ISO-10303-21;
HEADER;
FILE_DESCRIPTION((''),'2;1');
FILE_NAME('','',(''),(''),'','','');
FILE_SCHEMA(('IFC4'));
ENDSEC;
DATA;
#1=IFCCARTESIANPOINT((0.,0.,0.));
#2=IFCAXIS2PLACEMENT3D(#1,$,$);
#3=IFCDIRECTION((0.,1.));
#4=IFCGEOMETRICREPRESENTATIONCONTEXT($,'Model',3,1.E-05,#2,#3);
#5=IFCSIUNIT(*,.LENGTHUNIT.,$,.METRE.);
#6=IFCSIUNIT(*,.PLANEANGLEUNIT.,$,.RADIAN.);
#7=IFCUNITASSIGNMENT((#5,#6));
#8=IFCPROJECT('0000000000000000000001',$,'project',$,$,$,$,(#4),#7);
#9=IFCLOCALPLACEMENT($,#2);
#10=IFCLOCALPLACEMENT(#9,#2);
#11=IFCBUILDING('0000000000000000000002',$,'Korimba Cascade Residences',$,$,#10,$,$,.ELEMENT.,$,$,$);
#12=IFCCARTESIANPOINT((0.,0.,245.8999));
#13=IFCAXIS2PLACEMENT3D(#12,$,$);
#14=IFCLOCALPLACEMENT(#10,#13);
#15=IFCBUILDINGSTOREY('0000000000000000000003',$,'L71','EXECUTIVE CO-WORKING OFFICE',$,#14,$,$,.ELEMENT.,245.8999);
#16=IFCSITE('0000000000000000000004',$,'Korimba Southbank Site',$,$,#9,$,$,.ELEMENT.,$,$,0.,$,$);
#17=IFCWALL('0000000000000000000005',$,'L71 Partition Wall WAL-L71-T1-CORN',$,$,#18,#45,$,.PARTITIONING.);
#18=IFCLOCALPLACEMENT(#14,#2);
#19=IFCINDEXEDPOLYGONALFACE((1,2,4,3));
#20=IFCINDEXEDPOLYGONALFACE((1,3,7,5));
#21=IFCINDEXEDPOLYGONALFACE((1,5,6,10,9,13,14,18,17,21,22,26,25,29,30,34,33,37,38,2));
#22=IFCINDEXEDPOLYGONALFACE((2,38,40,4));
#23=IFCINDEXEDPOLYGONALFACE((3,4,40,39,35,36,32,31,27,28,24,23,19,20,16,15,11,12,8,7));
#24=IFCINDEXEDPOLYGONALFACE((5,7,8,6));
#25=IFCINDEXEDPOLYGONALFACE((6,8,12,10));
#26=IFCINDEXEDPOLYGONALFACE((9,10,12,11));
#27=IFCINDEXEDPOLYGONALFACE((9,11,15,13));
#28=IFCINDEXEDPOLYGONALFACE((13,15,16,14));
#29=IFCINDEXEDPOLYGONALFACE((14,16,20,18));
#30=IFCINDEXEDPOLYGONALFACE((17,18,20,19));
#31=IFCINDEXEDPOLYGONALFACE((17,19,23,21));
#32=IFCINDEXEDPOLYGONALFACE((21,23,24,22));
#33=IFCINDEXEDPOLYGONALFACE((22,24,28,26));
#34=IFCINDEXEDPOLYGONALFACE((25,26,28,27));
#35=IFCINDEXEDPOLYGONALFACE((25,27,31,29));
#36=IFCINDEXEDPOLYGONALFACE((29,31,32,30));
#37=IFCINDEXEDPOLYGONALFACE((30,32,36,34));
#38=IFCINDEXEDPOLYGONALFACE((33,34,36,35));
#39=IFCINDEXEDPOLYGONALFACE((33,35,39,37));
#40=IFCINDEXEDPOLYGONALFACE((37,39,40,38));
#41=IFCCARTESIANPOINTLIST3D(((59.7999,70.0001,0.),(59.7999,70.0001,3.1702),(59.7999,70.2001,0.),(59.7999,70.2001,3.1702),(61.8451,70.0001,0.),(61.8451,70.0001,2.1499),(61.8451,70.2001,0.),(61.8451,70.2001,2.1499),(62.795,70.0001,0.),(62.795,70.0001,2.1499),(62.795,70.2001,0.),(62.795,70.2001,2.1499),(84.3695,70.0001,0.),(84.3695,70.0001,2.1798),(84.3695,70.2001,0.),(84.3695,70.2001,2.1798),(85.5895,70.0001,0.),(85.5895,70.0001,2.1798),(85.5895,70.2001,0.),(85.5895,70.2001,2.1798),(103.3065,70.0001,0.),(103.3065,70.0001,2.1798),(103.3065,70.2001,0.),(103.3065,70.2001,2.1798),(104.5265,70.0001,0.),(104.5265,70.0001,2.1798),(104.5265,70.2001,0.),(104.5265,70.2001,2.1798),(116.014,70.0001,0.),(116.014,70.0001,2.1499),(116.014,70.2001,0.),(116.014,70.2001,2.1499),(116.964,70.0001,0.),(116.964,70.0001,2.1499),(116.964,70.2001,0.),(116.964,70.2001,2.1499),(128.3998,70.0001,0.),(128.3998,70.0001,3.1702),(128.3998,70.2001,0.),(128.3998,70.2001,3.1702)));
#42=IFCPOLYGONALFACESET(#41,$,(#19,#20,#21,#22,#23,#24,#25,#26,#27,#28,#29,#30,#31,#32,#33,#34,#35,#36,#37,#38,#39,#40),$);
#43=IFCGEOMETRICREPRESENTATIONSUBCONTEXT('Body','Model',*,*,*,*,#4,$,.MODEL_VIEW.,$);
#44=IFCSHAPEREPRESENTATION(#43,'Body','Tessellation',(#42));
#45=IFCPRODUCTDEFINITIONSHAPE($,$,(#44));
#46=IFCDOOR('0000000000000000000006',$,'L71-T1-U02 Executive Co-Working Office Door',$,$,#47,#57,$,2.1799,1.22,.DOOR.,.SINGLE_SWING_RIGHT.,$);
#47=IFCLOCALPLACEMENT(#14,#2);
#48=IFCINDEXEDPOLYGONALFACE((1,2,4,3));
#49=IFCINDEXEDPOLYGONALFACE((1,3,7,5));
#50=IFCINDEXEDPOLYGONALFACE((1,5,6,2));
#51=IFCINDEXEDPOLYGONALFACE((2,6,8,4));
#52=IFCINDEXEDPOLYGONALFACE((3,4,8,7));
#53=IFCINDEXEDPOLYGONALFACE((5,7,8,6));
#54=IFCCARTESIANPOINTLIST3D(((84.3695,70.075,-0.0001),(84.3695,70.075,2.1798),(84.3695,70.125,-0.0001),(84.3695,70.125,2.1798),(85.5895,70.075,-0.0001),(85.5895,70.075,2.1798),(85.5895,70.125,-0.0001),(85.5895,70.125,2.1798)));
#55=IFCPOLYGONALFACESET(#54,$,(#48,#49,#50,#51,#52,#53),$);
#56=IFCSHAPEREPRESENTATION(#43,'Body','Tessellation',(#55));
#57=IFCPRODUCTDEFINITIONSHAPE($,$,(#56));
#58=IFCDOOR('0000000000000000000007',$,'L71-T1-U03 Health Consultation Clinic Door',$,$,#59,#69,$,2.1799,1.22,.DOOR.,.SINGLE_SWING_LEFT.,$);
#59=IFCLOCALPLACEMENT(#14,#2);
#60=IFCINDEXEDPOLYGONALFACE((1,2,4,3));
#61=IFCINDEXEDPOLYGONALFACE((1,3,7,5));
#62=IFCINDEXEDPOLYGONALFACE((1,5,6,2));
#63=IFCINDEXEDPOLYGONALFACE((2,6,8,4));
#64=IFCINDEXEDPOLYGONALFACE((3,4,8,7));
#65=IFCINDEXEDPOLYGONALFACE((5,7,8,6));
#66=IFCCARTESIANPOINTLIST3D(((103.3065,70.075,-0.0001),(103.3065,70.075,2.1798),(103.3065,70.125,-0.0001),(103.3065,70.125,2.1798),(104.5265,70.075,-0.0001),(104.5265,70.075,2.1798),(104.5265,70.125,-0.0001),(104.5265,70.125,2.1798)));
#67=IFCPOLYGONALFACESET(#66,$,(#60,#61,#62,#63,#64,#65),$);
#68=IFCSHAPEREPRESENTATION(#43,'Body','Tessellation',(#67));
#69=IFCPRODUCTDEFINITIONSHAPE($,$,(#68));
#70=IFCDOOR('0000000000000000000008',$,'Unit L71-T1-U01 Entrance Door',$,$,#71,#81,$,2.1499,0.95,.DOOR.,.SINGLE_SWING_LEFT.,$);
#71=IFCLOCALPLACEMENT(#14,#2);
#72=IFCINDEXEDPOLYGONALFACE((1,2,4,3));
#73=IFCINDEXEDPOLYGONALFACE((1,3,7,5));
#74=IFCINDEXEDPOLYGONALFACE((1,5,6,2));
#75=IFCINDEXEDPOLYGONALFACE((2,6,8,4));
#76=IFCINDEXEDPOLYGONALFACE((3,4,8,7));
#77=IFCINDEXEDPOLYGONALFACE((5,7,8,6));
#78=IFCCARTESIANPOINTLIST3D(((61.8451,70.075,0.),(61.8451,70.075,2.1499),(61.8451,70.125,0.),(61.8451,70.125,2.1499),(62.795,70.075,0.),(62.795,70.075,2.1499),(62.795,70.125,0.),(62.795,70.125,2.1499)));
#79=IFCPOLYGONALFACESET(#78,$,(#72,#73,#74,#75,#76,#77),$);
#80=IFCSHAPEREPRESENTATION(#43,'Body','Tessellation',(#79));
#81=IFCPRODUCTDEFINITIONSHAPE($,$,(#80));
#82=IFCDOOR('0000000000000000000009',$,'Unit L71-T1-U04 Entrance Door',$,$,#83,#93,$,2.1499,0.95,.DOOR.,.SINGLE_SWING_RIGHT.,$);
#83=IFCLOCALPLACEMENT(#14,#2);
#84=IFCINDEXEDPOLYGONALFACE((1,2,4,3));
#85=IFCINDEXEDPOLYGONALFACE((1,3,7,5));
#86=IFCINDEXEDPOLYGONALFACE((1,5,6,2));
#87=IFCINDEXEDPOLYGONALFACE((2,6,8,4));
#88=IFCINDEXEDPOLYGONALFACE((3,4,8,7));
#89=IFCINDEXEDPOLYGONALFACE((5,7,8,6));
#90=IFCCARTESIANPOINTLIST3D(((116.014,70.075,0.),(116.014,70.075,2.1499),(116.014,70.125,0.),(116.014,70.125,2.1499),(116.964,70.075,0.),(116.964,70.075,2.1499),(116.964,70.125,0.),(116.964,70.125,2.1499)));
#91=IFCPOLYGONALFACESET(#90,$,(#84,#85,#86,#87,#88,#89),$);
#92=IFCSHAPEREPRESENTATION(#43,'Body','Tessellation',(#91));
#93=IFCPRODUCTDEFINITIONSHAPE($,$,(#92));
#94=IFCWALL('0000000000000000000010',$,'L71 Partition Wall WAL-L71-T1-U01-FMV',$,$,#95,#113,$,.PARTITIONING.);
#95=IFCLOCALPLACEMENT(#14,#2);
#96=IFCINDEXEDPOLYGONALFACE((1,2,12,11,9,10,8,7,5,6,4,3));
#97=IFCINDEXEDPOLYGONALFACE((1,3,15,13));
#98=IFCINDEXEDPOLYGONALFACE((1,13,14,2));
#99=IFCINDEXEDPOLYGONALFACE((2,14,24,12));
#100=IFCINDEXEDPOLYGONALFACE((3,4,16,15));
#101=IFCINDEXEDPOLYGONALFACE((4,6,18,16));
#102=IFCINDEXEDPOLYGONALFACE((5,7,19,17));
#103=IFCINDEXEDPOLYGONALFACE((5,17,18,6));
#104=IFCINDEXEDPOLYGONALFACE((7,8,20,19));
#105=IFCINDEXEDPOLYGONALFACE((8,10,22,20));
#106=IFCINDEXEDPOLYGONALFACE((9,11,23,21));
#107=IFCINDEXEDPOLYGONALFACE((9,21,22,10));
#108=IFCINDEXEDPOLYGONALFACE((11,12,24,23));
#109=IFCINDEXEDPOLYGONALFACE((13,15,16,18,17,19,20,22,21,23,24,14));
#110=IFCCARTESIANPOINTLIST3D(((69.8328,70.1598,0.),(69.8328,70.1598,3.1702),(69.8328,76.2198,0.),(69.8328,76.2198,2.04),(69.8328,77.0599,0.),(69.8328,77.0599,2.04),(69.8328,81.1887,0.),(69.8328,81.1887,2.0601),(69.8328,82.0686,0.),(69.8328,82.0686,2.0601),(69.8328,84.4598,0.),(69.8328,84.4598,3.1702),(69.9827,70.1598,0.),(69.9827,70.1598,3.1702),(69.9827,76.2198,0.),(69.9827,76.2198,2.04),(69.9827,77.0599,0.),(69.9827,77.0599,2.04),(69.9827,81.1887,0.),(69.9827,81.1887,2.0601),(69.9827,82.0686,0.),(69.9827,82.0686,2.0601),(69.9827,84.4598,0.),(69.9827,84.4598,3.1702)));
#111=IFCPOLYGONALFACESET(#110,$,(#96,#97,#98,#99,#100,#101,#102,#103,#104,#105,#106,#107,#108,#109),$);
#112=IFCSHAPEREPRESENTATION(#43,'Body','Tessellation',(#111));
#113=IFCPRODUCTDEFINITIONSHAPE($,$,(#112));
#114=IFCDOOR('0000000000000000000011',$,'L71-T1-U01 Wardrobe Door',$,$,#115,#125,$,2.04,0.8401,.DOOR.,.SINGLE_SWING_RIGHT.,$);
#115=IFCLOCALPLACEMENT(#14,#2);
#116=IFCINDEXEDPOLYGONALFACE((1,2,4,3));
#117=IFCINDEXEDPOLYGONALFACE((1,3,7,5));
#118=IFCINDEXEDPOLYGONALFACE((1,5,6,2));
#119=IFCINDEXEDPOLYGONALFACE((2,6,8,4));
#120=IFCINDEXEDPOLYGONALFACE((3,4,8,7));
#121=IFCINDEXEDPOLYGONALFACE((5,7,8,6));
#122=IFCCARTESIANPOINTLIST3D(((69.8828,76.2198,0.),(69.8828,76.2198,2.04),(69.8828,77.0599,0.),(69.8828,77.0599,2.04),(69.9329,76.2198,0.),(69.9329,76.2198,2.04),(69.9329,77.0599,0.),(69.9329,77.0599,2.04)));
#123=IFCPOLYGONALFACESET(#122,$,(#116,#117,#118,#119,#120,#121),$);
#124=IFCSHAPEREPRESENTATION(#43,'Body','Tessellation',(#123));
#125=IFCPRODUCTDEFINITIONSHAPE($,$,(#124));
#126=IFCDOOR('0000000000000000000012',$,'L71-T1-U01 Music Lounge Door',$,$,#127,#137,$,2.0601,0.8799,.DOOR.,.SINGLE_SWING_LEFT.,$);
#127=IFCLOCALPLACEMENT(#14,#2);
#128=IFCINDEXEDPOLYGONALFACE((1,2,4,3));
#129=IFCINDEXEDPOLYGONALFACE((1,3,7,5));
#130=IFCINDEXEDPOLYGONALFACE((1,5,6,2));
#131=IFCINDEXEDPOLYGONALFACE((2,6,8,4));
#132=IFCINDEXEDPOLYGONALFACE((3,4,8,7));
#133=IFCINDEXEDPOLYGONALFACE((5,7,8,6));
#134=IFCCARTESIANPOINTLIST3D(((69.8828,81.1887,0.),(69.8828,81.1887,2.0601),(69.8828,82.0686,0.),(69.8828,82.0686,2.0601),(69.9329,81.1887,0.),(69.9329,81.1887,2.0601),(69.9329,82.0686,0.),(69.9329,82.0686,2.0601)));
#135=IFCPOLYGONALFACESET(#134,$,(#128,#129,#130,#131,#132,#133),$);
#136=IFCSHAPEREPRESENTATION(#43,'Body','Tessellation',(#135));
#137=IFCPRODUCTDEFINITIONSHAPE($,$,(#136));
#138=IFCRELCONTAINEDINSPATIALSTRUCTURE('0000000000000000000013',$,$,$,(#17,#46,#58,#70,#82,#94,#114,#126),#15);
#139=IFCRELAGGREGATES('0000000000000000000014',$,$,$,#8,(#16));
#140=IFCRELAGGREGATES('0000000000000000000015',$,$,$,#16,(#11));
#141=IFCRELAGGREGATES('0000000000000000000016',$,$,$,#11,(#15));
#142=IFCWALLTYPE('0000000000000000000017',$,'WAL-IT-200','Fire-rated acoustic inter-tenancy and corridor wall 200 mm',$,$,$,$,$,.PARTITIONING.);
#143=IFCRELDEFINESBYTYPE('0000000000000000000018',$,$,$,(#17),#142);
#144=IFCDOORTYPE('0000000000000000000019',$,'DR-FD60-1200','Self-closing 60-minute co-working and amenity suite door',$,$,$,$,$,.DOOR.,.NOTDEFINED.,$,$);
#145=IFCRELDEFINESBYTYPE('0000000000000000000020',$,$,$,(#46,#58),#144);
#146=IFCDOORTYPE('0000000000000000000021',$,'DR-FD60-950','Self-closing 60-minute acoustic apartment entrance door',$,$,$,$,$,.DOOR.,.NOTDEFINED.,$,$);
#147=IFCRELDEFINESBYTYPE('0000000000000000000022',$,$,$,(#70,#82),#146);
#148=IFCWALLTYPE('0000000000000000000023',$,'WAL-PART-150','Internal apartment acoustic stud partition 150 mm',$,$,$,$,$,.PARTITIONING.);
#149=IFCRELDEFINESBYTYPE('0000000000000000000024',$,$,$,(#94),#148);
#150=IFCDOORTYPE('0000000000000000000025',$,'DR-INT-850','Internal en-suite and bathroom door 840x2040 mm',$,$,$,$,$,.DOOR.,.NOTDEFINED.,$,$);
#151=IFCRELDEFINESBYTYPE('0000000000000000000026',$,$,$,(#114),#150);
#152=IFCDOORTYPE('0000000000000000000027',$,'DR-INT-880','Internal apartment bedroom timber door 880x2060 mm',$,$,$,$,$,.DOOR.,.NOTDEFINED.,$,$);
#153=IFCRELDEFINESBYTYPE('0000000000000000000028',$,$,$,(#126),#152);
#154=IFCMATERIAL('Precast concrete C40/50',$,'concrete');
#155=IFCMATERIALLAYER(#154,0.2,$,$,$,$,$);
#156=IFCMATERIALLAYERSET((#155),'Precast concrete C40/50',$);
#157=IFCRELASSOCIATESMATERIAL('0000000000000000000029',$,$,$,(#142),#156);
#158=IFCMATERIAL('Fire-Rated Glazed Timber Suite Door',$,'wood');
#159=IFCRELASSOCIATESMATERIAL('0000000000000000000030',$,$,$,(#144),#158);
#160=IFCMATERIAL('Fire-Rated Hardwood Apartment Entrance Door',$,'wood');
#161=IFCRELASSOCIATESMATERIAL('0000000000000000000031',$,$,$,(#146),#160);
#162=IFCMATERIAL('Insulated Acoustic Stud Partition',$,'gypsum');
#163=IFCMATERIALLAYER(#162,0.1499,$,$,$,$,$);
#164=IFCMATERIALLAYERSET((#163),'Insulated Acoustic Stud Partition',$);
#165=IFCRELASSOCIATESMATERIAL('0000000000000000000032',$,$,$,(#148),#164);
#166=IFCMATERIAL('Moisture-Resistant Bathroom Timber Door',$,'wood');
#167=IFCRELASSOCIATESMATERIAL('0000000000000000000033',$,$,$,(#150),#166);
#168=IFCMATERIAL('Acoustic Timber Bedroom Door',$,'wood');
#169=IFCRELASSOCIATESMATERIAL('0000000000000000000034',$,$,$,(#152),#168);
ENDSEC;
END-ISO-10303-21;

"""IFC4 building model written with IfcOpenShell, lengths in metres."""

from ifc_helpers import new_model, si_unit, direction, frame, frame_2d, origin, place, context, subcontext, project, spatial, rectangle, extrude, material, layer, layer_set, type_object, element, fill, save


model = new_model("IFC4")

# Units and contexts
model_context = context("Model", 3, precision=1e-05, world=origin(), true_north=direction((0.0, 1.0)))
body_context = subcontext(model_context, "Body", "Model", "MODEL_VIEW")
ifc_project = project(units=[si_unit("LENGTHUNIT", "METRE"), si_unit("PLANEANGLEUNIT", "RADIAN")], contexts=[model_context])

# Site, building, storey
site_placement = place(None, origin())
site = spatial("IfcSite", under=ifc_project, at=site_placement, Name="Korimba Southbank Site", CompositionType="ELEMENT", RefElevation=0.0)
building_placement = place(site_placement, origin())
building = spatial("IfcBuilding", under=site, at=building_placement, Name="Korimba Cascade Residences", CompositionType="ELEMENT")
storey_placement = place(building_placement, frame((0.0, 0.0, 245.8999)))
storey = spatial("IfcBuildingStorey", under=building, at=storey_placement, Name="L71", Description="EXECUTIVE CO-WORKING OFFICE", CompositionType="ELEMENT", Elevation=245.8999)

# Shared definitions
ifc_material_1 = material(Name="Precast concrete C40/50", Category="concrete")
ifc_layer_1 = layer(ifc_material_1, 0.2)
ifc_layer_set_1 = layer_set([ifc_layer_1], Name="Precast concrete C40/50")
wall_type_1 = type_object("IfcWallType", Name="WAL-IT-200", Description="Fire-rated acoustic inter-tenancy and corridor wall 200 mm", PredefinedType="PARTITIONING", material=ifc_layer_set_1)

# Walls, openings, doors
wall_1_placement = place(storey_placement, frame((59.8, 70.1001, 0.0), z_axis=(0.0, 0.0, 1.0), x_axis=(1.0, 0.0, 0.0)))
wall_1 = element("IfcWall", 1, at=wall_1_placement, inside=storey, type_object=wall_type_1, Name="L71 Partition Wall WAL-L71-T1-CORN", PredefinedType="PARTITIONING", context=body_context, shape_type="SweptSolid", body=[
    extrude(rectangle(XDim=68.5999, YDim=0.2, at=frame_2d((34.2998, 0.0))), origin(), (0.0, 0.0, 1.0), 3.1702),
])
opening_1_placement = place(wall_1_placement, frame((2.0449, 0.0, 0.0)))
opening_1 = element("IfcOpeningElement", 2, at=opening_1_placement, cuts=wall_1, PredefinedType="OPENING", context=body_context, shape_type="SweptSolid", body=[
    extrude(rectangle(XDim=0.95, YDim=2.1499, at=frame_2d((0.4751, 1.075))), frame((0.0, 0.1099, 0.0), z_axis=(0.0, -1.0, 0.0), x_axis=(1.0, 0.0, 0.0)), (0.0, 0.0, 1.0), 0.22),
])
opening_2_placement = place(wall_1_placement, frame((24.5696, 0.0, 0.0)))
opening_2 = element("IfcOpeningElement", 3, at=opening_2_placement, cuts=wall_1, PredefinedType="OPENING", context=body_context, shape_type="SweptSolid", body=[
    extrude(rectangle(XDim=1.22, YDim=2.1799, at=frame_2d((0.6099, 1.0898))), frame((0.0, 0.1099, 0.0), z_axis=(0.0, -1.0, 0.0), x_axis=(1.0, 0.0, 0.0)), (0.0, 0.0, 1.0), 0.22),
])
opening_3_placement = place(wall_1_placement, frame((43.5066, 0.0, 0.0)))
opening_3 = element("IfcOpeningElement", 4, at=opening_3_placement, cuts=wall_1, PredefinedType="OPENING", context=body_context, shape_type="SweptSolid", body=[
    extrude(rectangle(XDim=1.22, YDim=2.1799, at=frame_2d((0.6099, 1.0898))), frame((0.0, 0.1099, 0.0), z_axis=(0.0, -1.0, 0.0), x_axis=(1.0, 0.0, 0.0)), (0.0, 0.0, 1.0), 0.22),
])
opening_4_placement = place(wall_1_placement, frame((56.2139, 0.0, 0.0)))
opening_4 = element("IfcOpeningElement", 5, at=opening_4_placement, cuts=wall_1, PredefinedType="OPENING", context=body_context, shape_type="SweptSolid", body=[
    extrude(rectangle(XDim=0.95, YDim=2.1499, at=frame_2d((0.4751, 1.075))), frame((0.0, 0.1099, 0.0), z_axis=(0.0, -1.0, 0.0), x_axis=(1.0, 0.0, 0.0)), (0.0, 0.0, 1.0), 0.22),
])
ifc_material_2 = material(Name="Fire-Rated Glazed Timber Suite Door", Category="wood")
door_type_1 = type_object("IfcDoorType", Name="DR-FD60-1200", Description="Self-closing 60-minute co-working and amenity suite door", OperationType="NOTDEFINED", PredefinedType="DOOR", material=ifc_material_2)
door_1_placement = place(opening_2_placement, origin())
door_1 = element("IfcDoor", 6, at=door_1_placement, inside=storey, type_object=door_type_1, Name="L71-T1-U02 Executive Co-Working Office Door", OperationType="SINGLE_SWING_RIGHT", OverallHeight=2.1799, OverallWidth=1.22, PredefinedType="DOOR", context=body_context, shape_type="SweptSolid", body=[
    extrude(rectangle(XDim=1.22, YDim=2.1799, at=frame_2d((0.6099, 1.0898))), frame((0.0, 0.0249, 0.0), z_axis=(0.0, -1.0, 0.0), x_axis=(1.0, 0.0, 0.0)), (0.0, 0.0, 1.0), 0.05),
])
fill(opening_2, door_1)
door_2_placement = place(opening_3_placement, origin())
door_2 = element("IfcDoor", 7, at=door_2_placement, inside=storey, type_object=door_type_1, Name="L71-T1-U03 Health Consultation Clinic Door", OperationType="SINGLE_SWING_LEFT", OverallHeight=2.1799, OverallWidth=1.22, PredefinedType="DOOR", context=body_context, shape_type="SweptSolid", body=[
    extrude(rectangle(XDim=1.22, YDim=2.1799, at=frame_2d((0.6099, 1.0898))), frame((0.0, 0.0249, 0.0), z_axis=(0.0, -1.0, 0.0), x_axis=(1.0, 0.0, 0.0)), (0.0, 0.0, 1.0), 0.05),
])
fill(opening_3, door_2)
ifc_material_3 = material(Name="Fire-Rated Hardwood Apartment Entrance Door", Category="wood")
door_type_2 = type_object("IfcDoorType", Name="DR-FD60-950", Description="Self-closing 60-minute acoustic apartment entrance door", OperationType="NOTDEFINED", PredefinedType="DOOR", material=ifc_material_3)
door_3_placement = place(opening_1_placement, origin())
door_3 = element("IfcDoor", 8, at=door_3_placement, inside=storey, type_object=door_type_2, Name="Unit L71-T1-U01 Entrance Door", OperationType="SINGLE_SWING_LEFT", OverallHeight=2.1499, OverallWidth=0.95, PredefinedType="DOOR", context=body_context, shape_type="SweptSolid", body=[
    extrude(rectangle(XDim=0.95, YDim=2.1499, at=frame_2d((0.4751, 1.075))), frame((0.0, 0.0249, 0.0), z_axis=(0.0, -1.0, 0.0), x_axis=(1.0, 0.0, 0.0)), (0.0, 0.0, 1.0), 0.05),
])
fill(opening_1, door_3)
door_4_placement = place(opening_4_placement, origin())
door_4 = element("IfcDoor", 9, at=door_4_placement, inside=storey, type_object=door_type_2, Name="Unit L71-T1-U04 Entrance Door", OperationType="SINGLE_SWING_RIGHT", OverallHeight=2.1499, OverallWidth=0.95, PredefinedType="DOOR", context=body_context, shape_type="SweptSolid", body=[
    extrude(rectangle(XDim=0.95, YDim=2.1499, at=frame_2d((0.4751, 1.075))), frame((0.0, 0.0249, 0.0), z_axis=(0.0, -1.0, 0.0), x_axis=(1.0, 0.0, 0.0)), (0.0, 0.0, 1.0), 0.05),
])
fill(opening_4, door_4)
ifc_material_4 = material(Name="Insulated Acoustic Stud Partition", Category="gypsum")
ifc_layer_2 = layer(ifc_material_4, 0.1499)
ifc_layer_set_2 = layer_set([ifc_layer_2], Name="Insulated Acoustic Stud Partition")
wall_type_2 = type_object("IfcWallType", Name="WAL-PART-150", Description="Internal apartment acoustic stud partition 150 mm", PredefinedType="PARTITIONING", material=ifc_layer_set_2)
wall_2_placement = place(storey_placement, frame((69.9077, 70.1599, 0.0), z_axis=(0.0, 0.0, 1.0), x_axis=(0.0, 1.0, 0.0)))
wall_2 = element("IfcWall", 10, at=wall_2_placement, inside=storey, type_object=wall_type_2, Name="L71 Partition Wall WAL-L71-T1-U01-FMV", PredefinedType="PARTITIONING", context=body_context, shape_type="SweptSolid", body=[
    extrude(rectangle(XDim=14.3, YDim=0.1499, at=frame_2d((7.1499, 0.0))), origin(), (0.0, 0.0, 1.0), 3.1702),
])
opening_5_placement = place(wall_2_placement, frame((6.0601, 0.0, 0.0)))
opening_5 = element("IfcOpeningElement", 11, at=opening_5_placement, cuts=wall_2, PredefinedType="OPENING", context=body_context, shape_type="SweptSolid", body=[
    extrude(rectangle(XDim=0.8401, YDim=2.04, at=frame_2d((0.4199, 1.02))), frame((0.0, 0.085, 0.0), z_axis=(0.0, -1.0, 0.0), x_axis=(1.0, 0.0, 0.0)), (0.0, 0.0, 1.0), 0.1699),
])
opening_6_placement = place(wall_2_placement, frame((11.0288, 0.0, 0.0)))
opening_6 = element("IfcOpeningElement", 12, at=opening_6_placement, cuts=wall_2, PredefinedType="OPENING", context=body_context, shape_type="SweptSolid", body=[
    extrude(rectangle(XDim=0.8799, YDim=2.0601, at=frame_2d((0.4399, 1.03))), frame((0.0, 0.085, 0.0), z_axis=(0.0, -1.0, 0.0), x_axis=(1.0, 0.0, 0.0)), (0.0, 0.0, 1.0), 0.1699),
])
ifc_material_5 = material(Name="Moisture-Resistant Bathroom Timber Door", Category="wood")
door_type_3 = type_object("IfcDoorType", Name="DR-INT-850", Description="Internal en-suite and bathroom door 840x2040 mm", OperationType="NOTDEFINED", PredefinedType="DOOR", material=ifc_material_5)
door_5_placement = place(opening_5_placement, origin())
door_5 = element("IfcDoor", 13, at=door_5_placement, inside=storey, type_object=door_type_3, Name="L71-T1-U01 Wardrobe Door", OperationType="SINGLE_SWING_RIGHT", OverallHeight=2.04, OverallWidth=0.8401, PredefinedType="DOOR", context=body_context, shape_type="SweptSolid", body=[
    extrude(rectangle(XDim=0.8401, YDim=2.04, at=frame_2d((0.4199, 1.02))), frame((0.0, 0.0249, 0.0), z_axis=(0.0, -1.0, 0.0), x_axis=(1.0, 0.0, 0.0)), (0.0, 0.0, 1.0), 0.05),
])
fill(opening_5, door_5)
ifc_material_6 = material(Name="Acoustic Timber Bedroom Door", Category="wood")
door_type_4 = type_object("IfcDoorType", Name="DR-INT-880", Description="Internal apartment bedroom timber door 880x2060 mm", OperationType="NOTDEFINED", PredefinedType="DOOR", material=ifc_material_6)
door_6_placement = place(opening_6_placement, origin())
door_6 = element("IfcDoor", 14, at=door_6_placement, inside=storey, type_object=door_type_4, Name="L71-T1-U01 Music Lounge Door", OperationType="SINGLE_SWING_LEFT", OverallHeight=2.0601, OverallWidth=0.8799, PredefinedType="DOOR", context=body_context, shape_type="SweptSolid", body=[
    extrude(rectangle(XDim=0.8799, YDim=2.0601, at=frame_2d((0.4399, 1.03))), frame((0.0, 0.0249, 0.0), z_axis=(0.0, -1.0, 0.0), x_axis=(1.0, 0.0, 0.0)), (0.0, 0.0, 1.0), 0.05),
])
fill(opening_6, door_6)

save(model, "model.ifc")
